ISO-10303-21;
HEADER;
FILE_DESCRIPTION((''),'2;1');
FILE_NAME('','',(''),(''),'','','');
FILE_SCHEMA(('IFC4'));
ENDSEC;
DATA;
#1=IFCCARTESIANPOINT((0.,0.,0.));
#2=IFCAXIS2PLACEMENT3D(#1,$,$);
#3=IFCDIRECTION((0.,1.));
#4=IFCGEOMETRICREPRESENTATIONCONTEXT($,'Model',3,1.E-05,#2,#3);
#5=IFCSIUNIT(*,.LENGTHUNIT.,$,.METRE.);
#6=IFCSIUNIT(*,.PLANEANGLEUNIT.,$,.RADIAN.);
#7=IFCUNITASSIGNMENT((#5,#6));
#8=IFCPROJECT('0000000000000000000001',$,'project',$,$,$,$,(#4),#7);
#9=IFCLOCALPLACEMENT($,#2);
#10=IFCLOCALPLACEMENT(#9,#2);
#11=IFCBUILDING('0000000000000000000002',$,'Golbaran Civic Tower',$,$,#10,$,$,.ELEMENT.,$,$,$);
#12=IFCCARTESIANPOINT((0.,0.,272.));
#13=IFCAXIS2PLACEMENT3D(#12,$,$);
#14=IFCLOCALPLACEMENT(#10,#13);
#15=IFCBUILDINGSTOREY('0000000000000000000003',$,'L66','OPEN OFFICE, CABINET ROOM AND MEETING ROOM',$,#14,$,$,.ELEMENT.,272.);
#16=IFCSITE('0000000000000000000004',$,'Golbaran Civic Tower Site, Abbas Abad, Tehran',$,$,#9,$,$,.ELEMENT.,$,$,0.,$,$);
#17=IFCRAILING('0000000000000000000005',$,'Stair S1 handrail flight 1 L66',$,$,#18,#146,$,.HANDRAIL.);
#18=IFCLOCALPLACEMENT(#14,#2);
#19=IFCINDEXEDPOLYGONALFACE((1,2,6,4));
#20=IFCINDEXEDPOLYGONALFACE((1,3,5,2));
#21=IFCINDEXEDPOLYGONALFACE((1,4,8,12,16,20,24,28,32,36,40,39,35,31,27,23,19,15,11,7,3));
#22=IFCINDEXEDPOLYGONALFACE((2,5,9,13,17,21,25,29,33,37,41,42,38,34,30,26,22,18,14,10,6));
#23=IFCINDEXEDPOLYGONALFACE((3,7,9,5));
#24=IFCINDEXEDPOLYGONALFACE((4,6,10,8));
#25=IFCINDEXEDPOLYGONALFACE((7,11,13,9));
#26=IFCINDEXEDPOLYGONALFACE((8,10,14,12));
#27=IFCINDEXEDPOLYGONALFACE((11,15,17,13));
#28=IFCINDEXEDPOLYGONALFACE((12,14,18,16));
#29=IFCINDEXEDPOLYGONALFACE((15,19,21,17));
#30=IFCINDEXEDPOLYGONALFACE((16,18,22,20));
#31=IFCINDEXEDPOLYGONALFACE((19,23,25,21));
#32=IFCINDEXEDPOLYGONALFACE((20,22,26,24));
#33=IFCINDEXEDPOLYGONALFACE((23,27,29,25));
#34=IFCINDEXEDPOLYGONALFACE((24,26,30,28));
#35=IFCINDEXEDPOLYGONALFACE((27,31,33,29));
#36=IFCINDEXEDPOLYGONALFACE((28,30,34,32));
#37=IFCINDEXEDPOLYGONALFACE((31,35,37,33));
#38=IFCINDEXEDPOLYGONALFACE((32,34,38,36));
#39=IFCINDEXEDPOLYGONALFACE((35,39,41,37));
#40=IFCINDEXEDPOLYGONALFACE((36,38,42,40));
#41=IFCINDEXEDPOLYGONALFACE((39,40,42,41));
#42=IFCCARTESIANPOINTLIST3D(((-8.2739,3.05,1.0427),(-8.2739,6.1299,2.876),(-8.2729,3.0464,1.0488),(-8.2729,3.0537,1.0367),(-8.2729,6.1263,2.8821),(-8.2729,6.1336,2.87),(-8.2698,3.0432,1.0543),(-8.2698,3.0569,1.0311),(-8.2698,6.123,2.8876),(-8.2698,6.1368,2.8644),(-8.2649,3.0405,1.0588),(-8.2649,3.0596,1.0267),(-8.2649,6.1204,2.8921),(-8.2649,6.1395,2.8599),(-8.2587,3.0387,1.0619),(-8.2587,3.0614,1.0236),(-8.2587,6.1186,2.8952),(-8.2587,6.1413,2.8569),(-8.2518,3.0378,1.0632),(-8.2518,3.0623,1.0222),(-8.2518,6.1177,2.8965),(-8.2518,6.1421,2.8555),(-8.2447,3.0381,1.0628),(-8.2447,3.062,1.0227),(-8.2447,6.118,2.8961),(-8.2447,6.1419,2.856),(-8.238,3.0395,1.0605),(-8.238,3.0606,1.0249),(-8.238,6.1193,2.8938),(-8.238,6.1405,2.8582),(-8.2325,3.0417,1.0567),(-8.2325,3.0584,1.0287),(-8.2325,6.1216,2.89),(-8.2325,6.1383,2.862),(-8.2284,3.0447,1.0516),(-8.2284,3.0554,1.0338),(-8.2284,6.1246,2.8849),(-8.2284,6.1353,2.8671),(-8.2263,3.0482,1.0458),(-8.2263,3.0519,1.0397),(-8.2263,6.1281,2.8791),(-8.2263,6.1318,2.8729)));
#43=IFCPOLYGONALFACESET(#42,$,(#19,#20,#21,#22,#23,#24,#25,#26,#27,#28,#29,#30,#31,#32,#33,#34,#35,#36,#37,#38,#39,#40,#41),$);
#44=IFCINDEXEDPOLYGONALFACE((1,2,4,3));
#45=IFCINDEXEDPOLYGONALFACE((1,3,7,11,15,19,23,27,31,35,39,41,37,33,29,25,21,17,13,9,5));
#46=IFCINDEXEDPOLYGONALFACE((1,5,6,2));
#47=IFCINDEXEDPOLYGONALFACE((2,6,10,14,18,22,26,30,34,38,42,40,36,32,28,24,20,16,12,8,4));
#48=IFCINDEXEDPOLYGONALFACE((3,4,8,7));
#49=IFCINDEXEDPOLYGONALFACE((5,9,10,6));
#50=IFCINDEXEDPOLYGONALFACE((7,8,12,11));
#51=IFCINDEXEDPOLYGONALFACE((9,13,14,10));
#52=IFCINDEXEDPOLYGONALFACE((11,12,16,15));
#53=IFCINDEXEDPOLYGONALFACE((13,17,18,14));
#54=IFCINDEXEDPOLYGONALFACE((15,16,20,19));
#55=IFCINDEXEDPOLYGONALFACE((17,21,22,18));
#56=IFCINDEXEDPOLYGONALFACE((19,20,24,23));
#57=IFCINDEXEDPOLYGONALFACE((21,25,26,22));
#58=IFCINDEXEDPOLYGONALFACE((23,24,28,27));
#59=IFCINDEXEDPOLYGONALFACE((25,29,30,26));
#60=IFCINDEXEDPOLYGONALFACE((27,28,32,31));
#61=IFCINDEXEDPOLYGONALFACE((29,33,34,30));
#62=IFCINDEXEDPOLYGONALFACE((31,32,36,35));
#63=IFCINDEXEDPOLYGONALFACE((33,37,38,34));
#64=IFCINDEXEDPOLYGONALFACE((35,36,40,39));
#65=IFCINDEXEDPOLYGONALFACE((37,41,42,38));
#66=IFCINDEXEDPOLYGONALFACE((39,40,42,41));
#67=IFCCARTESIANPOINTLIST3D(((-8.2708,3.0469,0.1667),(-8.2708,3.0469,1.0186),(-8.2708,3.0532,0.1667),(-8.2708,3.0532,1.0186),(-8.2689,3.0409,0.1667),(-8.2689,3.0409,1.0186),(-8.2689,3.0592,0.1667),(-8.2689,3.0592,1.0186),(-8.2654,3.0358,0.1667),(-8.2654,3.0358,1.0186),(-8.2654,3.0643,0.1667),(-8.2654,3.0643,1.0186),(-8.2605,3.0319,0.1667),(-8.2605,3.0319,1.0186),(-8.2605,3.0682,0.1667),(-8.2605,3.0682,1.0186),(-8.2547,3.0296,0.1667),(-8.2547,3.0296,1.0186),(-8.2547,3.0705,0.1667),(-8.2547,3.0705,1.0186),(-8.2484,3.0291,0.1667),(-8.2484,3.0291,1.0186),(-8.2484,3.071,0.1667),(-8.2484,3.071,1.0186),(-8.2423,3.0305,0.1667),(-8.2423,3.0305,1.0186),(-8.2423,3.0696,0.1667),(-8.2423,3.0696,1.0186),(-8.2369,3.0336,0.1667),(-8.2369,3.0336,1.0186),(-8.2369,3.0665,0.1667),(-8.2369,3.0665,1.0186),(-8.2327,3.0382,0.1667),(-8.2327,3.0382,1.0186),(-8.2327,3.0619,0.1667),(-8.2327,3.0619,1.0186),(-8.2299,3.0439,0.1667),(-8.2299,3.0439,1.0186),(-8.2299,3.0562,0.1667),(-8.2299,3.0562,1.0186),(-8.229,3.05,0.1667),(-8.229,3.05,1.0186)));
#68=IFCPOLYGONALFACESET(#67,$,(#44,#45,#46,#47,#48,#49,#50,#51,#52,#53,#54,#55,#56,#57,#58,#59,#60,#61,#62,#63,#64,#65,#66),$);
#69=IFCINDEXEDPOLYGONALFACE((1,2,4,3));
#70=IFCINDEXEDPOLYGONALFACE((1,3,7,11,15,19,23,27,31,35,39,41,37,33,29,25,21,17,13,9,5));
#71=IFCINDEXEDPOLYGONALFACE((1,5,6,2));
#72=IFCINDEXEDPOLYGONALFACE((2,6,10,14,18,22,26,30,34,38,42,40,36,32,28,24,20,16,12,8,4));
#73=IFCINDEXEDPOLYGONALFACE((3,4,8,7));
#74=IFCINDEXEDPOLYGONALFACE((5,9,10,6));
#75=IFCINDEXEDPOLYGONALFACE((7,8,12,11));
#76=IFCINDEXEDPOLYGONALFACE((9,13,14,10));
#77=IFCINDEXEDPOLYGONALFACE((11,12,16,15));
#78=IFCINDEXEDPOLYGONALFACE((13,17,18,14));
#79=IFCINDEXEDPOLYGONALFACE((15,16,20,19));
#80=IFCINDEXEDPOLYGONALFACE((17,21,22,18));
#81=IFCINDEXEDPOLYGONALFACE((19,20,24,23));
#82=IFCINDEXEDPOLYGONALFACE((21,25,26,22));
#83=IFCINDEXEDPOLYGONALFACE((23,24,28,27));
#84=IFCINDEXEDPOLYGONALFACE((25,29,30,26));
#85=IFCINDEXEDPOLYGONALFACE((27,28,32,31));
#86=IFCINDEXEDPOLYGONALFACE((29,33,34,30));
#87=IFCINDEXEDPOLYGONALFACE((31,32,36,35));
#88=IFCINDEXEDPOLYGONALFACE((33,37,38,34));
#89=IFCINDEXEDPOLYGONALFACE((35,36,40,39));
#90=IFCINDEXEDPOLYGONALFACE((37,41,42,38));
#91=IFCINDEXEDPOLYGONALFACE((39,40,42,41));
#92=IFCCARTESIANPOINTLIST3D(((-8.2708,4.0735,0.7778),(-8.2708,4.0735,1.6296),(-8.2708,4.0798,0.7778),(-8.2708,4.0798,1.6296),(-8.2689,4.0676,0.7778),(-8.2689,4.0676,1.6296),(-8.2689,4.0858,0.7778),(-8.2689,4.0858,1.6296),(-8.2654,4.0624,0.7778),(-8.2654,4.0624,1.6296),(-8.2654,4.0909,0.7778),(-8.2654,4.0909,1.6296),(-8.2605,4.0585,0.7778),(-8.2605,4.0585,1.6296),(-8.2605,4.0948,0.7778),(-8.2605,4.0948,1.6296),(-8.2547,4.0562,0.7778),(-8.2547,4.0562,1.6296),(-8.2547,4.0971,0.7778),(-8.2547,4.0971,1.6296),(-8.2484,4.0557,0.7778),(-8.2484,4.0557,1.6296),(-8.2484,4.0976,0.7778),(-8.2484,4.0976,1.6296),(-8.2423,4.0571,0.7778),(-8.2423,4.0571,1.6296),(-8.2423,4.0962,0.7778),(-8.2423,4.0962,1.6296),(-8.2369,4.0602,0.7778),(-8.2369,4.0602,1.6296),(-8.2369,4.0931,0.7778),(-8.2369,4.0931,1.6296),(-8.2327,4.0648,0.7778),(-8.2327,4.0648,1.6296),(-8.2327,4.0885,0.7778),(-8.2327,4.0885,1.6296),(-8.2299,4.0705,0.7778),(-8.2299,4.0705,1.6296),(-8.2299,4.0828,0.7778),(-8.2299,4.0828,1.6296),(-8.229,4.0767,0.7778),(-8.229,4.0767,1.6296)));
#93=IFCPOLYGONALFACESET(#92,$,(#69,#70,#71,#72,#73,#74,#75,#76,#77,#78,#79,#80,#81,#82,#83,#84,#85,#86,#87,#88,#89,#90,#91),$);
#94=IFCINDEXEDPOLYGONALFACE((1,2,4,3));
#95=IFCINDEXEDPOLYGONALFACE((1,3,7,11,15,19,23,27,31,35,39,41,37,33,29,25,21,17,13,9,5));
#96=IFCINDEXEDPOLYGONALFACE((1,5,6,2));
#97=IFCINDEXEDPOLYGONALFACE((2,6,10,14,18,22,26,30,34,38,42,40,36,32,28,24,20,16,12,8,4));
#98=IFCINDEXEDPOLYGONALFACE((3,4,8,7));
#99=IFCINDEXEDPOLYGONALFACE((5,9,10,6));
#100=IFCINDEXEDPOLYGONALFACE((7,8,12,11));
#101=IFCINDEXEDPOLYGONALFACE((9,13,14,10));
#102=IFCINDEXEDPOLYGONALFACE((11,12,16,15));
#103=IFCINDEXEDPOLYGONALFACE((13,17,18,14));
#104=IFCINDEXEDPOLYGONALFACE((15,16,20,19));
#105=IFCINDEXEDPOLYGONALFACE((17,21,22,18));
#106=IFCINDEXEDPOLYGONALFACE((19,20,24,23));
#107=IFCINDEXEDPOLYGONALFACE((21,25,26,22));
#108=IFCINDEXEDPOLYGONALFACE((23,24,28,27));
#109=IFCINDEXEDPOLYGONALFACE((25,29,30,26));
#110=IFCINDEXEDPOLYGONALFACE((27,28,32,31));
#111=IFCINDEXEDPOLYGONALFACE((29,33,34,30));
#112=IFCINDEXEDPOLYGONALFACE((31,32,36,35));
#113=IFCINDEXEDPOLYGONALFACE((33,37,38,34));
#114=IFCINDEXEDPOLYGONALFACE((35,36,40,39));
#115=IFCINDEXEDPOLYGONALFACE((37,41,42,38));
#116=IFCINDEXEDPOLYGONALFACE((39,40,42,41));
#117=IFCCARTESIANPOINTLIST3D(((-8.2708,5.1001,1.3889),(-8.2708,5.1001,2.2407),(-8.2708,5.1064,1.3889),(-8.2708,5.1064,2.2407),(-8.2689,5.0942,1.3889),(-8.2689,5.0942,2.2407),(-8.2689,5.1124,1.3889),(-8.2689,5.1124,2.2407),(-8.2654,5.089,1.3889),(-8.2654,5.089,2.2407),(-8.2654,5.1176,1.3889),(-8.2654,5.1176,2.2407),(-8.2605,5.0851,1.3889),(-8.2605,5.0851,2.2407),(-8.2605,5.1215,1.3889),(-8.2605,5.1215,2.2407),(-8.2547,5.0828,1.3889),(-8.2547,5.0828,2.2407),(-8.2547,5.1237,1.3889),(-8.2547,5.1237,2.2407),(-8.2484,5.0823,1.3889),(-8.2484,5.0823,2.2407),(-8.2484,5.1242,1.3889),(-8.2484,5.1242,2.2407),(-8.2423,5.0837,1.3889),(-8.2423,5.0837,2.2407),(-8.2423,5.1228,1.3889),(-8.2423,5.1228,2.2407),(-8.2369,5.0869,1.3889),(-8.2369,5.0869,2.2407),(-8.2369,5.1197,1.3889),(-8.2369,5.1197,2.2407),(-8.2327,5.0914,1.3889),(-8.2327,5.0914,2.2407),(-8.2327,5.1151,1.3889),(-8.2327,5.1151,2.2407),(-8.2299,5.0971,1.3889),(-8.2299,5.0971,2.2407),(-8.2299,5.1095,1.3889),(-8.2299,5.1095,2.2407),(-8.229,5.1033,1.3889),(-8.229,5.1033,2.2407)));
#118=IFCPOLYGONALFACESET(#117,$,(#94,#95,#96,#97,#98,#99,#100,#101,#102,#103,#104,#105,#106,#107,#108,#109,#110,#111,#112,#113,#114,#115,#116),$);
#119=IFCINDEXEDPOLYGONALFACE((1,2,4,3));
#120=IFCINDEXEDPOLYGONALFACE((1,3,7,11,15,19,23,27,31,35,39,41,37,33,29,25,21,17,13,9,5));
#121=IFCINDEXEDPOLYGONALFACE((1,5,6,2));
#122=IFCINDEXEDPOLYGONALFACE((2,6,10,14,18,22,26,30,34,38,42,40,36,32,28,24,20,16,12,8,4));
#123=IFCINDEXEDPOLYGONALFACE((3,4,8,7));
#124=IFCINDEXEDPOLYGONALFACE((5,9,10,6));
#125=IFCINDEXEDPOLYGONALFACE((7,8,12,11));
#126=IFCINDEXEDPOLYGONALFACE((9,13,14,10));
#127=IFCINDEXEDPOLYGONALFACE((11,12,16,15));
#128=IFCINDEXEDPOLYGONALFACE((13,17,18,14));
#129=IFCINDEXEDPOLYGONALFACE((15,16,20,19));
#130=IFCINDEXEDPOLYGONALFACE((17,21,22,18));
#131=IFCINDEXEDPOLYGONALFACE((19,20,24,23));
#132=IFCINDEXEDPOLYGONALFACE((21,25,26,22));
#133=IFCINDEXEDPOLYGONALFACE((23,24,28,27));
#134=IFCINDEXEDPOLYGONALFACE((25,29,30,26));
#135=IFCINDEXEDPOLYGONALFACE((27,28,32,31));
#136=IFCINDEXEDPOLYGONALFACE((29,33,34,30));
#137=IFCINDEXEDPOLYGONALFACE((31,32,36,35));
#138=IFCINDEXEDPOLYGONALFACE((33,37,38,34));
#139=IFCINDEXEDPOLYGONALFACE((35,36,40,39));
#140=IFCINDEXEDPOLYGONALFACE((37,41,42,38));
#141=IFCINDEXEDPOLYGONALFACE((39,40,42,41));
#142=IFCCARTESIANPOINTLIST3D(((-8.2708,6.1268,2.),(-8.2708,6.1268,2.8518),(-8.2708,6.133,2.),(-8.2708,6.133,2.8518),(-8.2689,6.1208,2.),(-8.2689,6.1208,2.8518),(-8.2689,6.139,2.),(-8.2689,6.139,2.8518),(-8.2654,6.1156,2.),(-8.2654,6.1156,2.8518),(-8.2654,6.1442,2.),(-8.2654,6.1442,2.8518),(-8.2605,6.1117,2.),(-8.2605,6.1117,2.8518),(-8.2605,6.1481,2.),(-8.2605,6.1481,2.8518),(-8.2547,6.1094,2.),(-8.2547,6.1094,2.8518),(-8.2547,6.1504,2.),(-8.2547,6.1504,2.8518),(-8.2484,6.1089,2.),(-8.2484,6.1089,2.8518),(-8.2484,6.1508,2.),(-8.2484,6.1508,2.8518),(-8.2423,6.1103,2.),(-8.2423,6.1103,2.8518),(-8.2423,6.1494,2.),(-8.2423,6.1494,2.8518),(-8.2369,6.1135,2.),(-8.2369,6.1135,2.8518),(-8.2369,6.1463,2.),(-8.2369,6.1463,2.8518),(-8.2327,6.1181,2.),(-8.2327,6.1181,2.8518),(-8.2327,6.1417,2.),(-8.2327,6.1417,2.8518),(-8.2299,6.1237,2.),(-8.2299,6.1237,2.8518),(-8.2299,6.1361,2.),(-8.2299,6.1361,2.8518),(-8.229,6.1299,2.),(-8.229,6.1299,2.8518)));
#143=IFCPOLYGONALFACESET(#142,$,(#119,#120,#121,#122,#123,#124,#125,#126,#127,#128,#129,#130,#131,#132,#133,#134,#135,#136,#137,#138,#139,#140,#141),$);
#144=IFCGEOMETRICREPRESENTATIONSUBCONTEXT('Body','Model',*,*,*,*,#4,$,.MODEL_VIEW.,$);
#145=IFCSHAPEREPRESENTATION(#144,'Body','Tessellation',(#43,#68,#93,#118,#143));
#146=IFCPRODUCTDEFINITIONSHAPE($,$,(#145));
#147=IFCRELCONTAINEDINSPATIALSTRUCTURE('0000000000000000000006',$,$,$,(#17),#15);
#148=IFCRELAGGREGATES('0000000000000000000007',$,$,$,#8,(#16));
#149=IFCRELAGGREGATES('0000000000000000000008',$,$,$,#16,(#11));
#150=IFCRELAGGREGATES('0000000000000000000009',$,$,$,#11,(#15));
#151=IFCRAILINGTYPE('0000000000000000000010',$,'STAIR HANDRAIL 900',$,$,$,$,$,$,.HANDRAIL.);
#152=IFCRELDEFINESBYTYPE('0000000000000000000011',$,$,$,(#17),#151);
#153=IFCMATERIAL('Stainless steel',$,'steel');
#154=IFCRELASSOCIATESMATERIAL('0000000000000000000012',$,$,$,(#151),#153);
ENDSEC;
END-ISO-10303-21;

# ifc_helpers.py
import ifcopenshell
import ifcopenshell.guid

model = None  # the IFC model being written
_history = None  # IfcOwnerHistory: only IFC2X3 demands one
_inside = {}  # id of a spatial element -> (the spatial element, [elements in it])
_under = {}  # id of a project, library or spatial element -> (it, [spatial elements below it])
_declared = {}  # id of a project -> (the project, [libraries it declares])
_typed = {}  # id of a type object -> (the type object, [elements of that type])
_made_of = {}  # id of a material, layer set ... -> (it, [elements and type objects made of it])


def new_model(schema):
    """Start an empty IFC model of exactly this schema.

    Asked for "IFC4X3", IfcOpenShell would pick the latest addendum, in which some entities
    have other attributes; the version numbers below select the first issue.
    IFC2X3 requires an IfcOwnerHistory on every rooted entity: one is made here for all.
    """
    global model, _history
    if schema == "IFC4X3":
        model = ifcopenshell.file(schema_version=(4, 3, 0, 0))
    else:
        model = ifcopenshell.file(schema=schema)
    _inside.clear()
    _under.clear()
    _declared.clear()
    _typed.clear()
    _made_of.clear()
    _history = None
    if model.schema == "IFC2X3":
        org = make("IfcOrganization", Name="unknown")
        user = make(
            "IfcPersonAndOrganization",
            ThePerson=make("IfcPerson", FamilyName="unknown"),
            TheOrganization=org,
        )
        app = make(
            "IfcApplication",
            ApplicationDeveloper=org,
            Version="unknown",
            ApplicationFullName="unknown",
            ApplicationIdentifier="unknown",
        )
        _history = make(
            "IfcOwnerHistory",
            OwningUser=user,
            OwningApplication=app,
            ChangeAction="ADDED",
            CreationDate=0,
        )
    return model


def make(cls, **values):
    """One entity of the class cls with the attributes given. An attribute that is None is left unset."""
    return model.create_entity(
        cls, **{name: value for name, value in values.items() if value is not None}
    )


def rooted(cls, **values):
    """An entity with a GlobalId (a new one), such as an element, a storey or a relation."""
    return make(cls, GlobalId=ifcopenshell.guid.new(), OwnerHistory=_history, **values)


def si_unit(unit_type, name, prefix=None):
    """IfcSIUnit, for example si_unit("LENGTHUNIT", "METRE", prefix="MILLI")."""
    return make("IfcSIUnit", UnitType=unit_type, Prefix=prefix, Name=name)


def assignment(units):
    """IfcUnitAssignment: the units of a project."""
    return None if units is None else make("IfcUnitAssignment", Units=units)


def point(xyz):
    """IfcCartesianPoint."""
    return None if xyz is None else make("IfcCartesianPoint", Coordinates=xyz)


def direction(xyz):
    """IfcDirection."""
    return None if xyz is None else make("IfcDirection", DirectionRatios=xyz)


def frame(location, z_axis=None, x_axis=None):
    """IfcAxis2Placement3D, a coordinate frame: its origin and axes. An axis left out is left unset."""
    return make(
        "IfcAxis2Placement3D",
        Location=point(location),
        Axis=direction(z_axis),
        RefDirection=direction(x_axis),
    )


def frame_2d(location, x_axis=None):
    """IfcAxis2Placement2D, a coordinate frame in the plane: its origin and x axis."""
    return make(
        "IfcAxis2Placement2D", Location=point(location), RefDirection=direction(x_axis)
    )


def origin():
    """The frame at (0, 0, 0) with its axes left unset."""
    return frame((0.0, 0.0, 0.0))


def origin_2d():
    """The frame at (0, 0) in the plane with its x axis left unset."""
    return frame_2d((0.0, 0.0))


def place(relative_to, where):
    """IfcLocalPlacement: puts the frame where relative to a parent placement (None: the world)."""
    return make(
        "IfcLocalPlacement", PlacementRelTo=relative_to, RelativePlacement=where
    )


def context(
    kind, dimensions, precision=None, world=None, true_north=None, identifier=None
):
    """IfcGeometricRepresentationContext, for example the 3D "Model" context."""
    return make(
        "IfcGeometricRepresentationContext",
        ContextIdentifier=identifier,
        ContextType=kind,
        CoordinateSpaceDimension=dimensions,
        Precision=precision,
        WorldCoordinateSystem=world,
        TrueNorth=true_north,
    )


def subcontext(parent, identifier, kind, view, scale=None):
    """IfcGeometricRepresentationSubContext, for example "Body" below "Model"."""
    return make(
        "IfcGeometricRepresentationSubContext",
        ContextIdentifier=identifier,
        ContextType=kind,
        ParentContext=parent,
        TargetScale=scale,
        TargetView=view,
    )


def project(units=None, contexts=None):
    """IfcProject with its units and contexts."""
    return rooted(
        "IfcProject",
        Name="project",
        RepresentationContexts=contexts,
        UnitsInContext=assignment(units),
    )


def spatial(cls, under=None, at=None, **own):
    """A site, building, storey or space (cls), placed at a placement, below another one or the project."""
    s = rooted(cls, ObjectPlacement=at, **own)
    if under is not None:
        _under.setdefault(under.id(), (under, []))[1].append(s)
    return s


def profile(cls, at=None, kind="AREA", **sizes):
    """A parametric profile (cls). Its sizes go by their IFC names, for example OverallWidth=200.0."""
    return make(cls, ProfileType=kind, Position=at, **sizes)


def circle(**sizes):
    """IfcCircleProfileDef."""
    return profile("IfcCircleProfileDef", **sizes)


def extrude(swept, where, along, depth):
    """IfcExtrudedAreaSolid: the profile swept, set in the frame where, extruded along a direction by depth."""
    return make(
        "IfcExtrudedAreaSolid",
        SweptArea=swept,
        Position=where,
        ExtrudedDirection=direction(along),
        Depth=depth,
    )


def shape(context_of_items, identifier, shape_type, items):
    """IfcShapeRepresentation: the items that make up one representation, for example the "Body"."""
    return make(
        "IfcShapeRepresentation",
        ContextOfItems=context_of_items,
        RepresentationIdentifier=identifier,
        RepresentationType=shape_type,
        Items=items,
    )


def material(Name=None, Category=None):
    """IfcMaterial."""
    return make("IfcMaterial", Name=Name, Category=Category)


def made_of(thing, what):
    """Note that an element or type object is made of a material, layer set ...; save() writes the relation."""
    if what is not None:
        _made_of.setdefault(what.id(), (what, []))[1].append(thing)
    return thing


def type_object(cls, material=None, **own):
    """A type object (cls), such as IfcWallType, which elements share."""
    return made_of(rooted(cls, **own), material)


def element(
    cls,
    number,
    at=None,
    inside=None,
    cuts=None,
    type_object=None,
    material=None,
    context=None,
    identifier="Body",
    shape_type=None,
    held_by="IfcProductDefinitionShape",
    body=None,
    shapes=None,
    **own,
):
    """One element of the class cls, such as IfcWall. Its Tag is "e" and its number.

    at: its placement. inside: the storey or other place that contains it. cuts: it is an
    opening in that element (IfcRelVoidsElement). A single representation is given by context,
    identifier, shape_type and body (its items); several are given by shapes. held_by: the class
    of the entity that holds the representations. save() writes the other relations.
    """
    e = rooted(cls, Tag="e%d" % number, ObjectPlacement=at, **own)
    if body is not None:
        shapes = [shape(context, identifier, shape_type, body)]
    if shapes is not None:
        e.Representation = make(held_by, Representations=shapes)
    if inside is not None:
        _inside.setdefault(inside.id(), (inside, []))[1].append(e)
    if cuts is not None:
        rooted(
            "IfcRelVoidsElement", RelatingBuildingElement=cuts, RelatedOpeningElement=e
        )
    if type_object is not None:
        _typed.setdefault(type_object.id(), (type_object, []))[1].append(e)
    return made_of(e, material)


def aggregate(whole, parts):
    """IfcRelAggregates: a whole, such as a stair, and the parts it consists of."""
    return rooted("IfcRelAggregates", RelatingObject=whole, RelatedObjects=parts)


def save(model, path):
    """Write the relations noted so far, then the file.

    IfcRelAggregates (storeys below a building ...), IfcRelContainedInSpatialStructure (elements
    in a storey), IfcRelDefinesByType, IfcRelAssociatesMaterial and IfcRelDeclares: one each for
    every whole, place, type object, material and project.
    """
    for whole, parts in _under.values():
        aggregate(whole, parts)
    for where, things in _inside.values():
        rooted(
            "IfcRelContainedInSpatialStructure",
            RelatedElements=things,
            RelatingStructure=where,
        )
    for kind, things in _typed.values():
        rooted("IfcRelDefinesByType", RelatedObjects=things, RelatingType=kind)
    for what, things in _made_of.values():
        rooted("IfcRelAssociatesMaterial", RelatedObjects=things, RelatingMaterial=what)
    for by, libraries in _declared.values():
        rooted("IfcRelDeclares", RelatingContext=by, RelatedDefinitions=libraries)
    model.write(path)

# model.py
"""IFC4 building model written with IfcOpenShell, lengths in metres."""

from ifc_helpers import new_model, si_unit, direction, frame, origin, origin_2d, place, context, subcontext, project, spatial, circle, extrude, material, type_object, element, save


model = new_model("IFC4")

# Units and contexts
model_context = context("Model", 3, precision=1e-05, world=origin(), true_north=direction((0.0, 1.0)))
body_context = subcontext(model_context, "Body", "Model", "MODEL_VIEW")
ifc_project = project(units=[si_unit("LENGTHUNIT", "METRE"), si_unit("PLANEANGLEUNIT", "RADIAN")], contexts=[model_context])

# Site, building, storey
site_placement = place(None, origin())
site = spatial("IfcSite", under=ifc_project, at=site_placement, Name="Golbaran Civic Tower Site, Abbas Abad, Tehran", CompositionType="ELEMENT", RefElevation=0.0)
building_placement = place(site_placement, origin())
building = spatial("IfcBuilding", under=site, at=building_placement, Name="Golbaran Civic Tower", CompositionType="ELEMENT")
storey_placement = place(building_placement, frame((0.0, 0.0, 272.0)))
storey = spatial("IfcBuildingStorey", under=building, at=storey_placement, Name="L66", Description="OPEN OFFICE, CABINET ROOM AND MEETING ROOM", CompositionType="ELEMENT", Elevation=272.0)

# Shared definitions
ifc_material_1 = material(Name="Stainless steel", Category="steel")

# Railing
railing_type = type_object("IfcRailingType", Name="STAIR HANDRAIL 900", PredefinedType="HANDRAIL", material=ifc_material_1)
railing_1_placement = place(storey_placement, frame((-8.25, 3.05, 0.1667)))
element("IfcRailing", 1, at=railing_1_placement, inside=storey, type_object=railing_type, Name="Stair S1 handrail flight 1 L66", PredefinedType="HANDRAIL", context=body_context, shape_type="SweptSolid", body=[
    extrude(circle(Radius=0.0239, at=origin_2d()), frame((0.0, 0.0, 0.876), z_axis=(0.0, 0.859291, 0.511487), x_axis=(-1.0, 0.0, 0.0)), (0.0, 0.0, 1.0), 3.5842),
    extrude(circle(Radius=0.021, at=origin_2d()), origin(), (0.0, 0.0, 1.0), 0.8518),
    extrude(circle(Radius=0.021, at=origin_2d()), frame((0.0, 1.0266, 0.6111)), (0.0, 0.0, 1.0), 0.8518),
    extrude(circle(Radius=0.021, at=origin_2d()), frame((0.0, 2.0532, 1.2222)), (0.0, 0.0, 1.0), 0.8518),
    extrude(circle(Radius=0.021, at=origin_2d()), frame((0.0, 3.0798, 1.8333)), (0.0, 0.0, 1.0), 0.8518),
])

save(model, "model.ifc")
